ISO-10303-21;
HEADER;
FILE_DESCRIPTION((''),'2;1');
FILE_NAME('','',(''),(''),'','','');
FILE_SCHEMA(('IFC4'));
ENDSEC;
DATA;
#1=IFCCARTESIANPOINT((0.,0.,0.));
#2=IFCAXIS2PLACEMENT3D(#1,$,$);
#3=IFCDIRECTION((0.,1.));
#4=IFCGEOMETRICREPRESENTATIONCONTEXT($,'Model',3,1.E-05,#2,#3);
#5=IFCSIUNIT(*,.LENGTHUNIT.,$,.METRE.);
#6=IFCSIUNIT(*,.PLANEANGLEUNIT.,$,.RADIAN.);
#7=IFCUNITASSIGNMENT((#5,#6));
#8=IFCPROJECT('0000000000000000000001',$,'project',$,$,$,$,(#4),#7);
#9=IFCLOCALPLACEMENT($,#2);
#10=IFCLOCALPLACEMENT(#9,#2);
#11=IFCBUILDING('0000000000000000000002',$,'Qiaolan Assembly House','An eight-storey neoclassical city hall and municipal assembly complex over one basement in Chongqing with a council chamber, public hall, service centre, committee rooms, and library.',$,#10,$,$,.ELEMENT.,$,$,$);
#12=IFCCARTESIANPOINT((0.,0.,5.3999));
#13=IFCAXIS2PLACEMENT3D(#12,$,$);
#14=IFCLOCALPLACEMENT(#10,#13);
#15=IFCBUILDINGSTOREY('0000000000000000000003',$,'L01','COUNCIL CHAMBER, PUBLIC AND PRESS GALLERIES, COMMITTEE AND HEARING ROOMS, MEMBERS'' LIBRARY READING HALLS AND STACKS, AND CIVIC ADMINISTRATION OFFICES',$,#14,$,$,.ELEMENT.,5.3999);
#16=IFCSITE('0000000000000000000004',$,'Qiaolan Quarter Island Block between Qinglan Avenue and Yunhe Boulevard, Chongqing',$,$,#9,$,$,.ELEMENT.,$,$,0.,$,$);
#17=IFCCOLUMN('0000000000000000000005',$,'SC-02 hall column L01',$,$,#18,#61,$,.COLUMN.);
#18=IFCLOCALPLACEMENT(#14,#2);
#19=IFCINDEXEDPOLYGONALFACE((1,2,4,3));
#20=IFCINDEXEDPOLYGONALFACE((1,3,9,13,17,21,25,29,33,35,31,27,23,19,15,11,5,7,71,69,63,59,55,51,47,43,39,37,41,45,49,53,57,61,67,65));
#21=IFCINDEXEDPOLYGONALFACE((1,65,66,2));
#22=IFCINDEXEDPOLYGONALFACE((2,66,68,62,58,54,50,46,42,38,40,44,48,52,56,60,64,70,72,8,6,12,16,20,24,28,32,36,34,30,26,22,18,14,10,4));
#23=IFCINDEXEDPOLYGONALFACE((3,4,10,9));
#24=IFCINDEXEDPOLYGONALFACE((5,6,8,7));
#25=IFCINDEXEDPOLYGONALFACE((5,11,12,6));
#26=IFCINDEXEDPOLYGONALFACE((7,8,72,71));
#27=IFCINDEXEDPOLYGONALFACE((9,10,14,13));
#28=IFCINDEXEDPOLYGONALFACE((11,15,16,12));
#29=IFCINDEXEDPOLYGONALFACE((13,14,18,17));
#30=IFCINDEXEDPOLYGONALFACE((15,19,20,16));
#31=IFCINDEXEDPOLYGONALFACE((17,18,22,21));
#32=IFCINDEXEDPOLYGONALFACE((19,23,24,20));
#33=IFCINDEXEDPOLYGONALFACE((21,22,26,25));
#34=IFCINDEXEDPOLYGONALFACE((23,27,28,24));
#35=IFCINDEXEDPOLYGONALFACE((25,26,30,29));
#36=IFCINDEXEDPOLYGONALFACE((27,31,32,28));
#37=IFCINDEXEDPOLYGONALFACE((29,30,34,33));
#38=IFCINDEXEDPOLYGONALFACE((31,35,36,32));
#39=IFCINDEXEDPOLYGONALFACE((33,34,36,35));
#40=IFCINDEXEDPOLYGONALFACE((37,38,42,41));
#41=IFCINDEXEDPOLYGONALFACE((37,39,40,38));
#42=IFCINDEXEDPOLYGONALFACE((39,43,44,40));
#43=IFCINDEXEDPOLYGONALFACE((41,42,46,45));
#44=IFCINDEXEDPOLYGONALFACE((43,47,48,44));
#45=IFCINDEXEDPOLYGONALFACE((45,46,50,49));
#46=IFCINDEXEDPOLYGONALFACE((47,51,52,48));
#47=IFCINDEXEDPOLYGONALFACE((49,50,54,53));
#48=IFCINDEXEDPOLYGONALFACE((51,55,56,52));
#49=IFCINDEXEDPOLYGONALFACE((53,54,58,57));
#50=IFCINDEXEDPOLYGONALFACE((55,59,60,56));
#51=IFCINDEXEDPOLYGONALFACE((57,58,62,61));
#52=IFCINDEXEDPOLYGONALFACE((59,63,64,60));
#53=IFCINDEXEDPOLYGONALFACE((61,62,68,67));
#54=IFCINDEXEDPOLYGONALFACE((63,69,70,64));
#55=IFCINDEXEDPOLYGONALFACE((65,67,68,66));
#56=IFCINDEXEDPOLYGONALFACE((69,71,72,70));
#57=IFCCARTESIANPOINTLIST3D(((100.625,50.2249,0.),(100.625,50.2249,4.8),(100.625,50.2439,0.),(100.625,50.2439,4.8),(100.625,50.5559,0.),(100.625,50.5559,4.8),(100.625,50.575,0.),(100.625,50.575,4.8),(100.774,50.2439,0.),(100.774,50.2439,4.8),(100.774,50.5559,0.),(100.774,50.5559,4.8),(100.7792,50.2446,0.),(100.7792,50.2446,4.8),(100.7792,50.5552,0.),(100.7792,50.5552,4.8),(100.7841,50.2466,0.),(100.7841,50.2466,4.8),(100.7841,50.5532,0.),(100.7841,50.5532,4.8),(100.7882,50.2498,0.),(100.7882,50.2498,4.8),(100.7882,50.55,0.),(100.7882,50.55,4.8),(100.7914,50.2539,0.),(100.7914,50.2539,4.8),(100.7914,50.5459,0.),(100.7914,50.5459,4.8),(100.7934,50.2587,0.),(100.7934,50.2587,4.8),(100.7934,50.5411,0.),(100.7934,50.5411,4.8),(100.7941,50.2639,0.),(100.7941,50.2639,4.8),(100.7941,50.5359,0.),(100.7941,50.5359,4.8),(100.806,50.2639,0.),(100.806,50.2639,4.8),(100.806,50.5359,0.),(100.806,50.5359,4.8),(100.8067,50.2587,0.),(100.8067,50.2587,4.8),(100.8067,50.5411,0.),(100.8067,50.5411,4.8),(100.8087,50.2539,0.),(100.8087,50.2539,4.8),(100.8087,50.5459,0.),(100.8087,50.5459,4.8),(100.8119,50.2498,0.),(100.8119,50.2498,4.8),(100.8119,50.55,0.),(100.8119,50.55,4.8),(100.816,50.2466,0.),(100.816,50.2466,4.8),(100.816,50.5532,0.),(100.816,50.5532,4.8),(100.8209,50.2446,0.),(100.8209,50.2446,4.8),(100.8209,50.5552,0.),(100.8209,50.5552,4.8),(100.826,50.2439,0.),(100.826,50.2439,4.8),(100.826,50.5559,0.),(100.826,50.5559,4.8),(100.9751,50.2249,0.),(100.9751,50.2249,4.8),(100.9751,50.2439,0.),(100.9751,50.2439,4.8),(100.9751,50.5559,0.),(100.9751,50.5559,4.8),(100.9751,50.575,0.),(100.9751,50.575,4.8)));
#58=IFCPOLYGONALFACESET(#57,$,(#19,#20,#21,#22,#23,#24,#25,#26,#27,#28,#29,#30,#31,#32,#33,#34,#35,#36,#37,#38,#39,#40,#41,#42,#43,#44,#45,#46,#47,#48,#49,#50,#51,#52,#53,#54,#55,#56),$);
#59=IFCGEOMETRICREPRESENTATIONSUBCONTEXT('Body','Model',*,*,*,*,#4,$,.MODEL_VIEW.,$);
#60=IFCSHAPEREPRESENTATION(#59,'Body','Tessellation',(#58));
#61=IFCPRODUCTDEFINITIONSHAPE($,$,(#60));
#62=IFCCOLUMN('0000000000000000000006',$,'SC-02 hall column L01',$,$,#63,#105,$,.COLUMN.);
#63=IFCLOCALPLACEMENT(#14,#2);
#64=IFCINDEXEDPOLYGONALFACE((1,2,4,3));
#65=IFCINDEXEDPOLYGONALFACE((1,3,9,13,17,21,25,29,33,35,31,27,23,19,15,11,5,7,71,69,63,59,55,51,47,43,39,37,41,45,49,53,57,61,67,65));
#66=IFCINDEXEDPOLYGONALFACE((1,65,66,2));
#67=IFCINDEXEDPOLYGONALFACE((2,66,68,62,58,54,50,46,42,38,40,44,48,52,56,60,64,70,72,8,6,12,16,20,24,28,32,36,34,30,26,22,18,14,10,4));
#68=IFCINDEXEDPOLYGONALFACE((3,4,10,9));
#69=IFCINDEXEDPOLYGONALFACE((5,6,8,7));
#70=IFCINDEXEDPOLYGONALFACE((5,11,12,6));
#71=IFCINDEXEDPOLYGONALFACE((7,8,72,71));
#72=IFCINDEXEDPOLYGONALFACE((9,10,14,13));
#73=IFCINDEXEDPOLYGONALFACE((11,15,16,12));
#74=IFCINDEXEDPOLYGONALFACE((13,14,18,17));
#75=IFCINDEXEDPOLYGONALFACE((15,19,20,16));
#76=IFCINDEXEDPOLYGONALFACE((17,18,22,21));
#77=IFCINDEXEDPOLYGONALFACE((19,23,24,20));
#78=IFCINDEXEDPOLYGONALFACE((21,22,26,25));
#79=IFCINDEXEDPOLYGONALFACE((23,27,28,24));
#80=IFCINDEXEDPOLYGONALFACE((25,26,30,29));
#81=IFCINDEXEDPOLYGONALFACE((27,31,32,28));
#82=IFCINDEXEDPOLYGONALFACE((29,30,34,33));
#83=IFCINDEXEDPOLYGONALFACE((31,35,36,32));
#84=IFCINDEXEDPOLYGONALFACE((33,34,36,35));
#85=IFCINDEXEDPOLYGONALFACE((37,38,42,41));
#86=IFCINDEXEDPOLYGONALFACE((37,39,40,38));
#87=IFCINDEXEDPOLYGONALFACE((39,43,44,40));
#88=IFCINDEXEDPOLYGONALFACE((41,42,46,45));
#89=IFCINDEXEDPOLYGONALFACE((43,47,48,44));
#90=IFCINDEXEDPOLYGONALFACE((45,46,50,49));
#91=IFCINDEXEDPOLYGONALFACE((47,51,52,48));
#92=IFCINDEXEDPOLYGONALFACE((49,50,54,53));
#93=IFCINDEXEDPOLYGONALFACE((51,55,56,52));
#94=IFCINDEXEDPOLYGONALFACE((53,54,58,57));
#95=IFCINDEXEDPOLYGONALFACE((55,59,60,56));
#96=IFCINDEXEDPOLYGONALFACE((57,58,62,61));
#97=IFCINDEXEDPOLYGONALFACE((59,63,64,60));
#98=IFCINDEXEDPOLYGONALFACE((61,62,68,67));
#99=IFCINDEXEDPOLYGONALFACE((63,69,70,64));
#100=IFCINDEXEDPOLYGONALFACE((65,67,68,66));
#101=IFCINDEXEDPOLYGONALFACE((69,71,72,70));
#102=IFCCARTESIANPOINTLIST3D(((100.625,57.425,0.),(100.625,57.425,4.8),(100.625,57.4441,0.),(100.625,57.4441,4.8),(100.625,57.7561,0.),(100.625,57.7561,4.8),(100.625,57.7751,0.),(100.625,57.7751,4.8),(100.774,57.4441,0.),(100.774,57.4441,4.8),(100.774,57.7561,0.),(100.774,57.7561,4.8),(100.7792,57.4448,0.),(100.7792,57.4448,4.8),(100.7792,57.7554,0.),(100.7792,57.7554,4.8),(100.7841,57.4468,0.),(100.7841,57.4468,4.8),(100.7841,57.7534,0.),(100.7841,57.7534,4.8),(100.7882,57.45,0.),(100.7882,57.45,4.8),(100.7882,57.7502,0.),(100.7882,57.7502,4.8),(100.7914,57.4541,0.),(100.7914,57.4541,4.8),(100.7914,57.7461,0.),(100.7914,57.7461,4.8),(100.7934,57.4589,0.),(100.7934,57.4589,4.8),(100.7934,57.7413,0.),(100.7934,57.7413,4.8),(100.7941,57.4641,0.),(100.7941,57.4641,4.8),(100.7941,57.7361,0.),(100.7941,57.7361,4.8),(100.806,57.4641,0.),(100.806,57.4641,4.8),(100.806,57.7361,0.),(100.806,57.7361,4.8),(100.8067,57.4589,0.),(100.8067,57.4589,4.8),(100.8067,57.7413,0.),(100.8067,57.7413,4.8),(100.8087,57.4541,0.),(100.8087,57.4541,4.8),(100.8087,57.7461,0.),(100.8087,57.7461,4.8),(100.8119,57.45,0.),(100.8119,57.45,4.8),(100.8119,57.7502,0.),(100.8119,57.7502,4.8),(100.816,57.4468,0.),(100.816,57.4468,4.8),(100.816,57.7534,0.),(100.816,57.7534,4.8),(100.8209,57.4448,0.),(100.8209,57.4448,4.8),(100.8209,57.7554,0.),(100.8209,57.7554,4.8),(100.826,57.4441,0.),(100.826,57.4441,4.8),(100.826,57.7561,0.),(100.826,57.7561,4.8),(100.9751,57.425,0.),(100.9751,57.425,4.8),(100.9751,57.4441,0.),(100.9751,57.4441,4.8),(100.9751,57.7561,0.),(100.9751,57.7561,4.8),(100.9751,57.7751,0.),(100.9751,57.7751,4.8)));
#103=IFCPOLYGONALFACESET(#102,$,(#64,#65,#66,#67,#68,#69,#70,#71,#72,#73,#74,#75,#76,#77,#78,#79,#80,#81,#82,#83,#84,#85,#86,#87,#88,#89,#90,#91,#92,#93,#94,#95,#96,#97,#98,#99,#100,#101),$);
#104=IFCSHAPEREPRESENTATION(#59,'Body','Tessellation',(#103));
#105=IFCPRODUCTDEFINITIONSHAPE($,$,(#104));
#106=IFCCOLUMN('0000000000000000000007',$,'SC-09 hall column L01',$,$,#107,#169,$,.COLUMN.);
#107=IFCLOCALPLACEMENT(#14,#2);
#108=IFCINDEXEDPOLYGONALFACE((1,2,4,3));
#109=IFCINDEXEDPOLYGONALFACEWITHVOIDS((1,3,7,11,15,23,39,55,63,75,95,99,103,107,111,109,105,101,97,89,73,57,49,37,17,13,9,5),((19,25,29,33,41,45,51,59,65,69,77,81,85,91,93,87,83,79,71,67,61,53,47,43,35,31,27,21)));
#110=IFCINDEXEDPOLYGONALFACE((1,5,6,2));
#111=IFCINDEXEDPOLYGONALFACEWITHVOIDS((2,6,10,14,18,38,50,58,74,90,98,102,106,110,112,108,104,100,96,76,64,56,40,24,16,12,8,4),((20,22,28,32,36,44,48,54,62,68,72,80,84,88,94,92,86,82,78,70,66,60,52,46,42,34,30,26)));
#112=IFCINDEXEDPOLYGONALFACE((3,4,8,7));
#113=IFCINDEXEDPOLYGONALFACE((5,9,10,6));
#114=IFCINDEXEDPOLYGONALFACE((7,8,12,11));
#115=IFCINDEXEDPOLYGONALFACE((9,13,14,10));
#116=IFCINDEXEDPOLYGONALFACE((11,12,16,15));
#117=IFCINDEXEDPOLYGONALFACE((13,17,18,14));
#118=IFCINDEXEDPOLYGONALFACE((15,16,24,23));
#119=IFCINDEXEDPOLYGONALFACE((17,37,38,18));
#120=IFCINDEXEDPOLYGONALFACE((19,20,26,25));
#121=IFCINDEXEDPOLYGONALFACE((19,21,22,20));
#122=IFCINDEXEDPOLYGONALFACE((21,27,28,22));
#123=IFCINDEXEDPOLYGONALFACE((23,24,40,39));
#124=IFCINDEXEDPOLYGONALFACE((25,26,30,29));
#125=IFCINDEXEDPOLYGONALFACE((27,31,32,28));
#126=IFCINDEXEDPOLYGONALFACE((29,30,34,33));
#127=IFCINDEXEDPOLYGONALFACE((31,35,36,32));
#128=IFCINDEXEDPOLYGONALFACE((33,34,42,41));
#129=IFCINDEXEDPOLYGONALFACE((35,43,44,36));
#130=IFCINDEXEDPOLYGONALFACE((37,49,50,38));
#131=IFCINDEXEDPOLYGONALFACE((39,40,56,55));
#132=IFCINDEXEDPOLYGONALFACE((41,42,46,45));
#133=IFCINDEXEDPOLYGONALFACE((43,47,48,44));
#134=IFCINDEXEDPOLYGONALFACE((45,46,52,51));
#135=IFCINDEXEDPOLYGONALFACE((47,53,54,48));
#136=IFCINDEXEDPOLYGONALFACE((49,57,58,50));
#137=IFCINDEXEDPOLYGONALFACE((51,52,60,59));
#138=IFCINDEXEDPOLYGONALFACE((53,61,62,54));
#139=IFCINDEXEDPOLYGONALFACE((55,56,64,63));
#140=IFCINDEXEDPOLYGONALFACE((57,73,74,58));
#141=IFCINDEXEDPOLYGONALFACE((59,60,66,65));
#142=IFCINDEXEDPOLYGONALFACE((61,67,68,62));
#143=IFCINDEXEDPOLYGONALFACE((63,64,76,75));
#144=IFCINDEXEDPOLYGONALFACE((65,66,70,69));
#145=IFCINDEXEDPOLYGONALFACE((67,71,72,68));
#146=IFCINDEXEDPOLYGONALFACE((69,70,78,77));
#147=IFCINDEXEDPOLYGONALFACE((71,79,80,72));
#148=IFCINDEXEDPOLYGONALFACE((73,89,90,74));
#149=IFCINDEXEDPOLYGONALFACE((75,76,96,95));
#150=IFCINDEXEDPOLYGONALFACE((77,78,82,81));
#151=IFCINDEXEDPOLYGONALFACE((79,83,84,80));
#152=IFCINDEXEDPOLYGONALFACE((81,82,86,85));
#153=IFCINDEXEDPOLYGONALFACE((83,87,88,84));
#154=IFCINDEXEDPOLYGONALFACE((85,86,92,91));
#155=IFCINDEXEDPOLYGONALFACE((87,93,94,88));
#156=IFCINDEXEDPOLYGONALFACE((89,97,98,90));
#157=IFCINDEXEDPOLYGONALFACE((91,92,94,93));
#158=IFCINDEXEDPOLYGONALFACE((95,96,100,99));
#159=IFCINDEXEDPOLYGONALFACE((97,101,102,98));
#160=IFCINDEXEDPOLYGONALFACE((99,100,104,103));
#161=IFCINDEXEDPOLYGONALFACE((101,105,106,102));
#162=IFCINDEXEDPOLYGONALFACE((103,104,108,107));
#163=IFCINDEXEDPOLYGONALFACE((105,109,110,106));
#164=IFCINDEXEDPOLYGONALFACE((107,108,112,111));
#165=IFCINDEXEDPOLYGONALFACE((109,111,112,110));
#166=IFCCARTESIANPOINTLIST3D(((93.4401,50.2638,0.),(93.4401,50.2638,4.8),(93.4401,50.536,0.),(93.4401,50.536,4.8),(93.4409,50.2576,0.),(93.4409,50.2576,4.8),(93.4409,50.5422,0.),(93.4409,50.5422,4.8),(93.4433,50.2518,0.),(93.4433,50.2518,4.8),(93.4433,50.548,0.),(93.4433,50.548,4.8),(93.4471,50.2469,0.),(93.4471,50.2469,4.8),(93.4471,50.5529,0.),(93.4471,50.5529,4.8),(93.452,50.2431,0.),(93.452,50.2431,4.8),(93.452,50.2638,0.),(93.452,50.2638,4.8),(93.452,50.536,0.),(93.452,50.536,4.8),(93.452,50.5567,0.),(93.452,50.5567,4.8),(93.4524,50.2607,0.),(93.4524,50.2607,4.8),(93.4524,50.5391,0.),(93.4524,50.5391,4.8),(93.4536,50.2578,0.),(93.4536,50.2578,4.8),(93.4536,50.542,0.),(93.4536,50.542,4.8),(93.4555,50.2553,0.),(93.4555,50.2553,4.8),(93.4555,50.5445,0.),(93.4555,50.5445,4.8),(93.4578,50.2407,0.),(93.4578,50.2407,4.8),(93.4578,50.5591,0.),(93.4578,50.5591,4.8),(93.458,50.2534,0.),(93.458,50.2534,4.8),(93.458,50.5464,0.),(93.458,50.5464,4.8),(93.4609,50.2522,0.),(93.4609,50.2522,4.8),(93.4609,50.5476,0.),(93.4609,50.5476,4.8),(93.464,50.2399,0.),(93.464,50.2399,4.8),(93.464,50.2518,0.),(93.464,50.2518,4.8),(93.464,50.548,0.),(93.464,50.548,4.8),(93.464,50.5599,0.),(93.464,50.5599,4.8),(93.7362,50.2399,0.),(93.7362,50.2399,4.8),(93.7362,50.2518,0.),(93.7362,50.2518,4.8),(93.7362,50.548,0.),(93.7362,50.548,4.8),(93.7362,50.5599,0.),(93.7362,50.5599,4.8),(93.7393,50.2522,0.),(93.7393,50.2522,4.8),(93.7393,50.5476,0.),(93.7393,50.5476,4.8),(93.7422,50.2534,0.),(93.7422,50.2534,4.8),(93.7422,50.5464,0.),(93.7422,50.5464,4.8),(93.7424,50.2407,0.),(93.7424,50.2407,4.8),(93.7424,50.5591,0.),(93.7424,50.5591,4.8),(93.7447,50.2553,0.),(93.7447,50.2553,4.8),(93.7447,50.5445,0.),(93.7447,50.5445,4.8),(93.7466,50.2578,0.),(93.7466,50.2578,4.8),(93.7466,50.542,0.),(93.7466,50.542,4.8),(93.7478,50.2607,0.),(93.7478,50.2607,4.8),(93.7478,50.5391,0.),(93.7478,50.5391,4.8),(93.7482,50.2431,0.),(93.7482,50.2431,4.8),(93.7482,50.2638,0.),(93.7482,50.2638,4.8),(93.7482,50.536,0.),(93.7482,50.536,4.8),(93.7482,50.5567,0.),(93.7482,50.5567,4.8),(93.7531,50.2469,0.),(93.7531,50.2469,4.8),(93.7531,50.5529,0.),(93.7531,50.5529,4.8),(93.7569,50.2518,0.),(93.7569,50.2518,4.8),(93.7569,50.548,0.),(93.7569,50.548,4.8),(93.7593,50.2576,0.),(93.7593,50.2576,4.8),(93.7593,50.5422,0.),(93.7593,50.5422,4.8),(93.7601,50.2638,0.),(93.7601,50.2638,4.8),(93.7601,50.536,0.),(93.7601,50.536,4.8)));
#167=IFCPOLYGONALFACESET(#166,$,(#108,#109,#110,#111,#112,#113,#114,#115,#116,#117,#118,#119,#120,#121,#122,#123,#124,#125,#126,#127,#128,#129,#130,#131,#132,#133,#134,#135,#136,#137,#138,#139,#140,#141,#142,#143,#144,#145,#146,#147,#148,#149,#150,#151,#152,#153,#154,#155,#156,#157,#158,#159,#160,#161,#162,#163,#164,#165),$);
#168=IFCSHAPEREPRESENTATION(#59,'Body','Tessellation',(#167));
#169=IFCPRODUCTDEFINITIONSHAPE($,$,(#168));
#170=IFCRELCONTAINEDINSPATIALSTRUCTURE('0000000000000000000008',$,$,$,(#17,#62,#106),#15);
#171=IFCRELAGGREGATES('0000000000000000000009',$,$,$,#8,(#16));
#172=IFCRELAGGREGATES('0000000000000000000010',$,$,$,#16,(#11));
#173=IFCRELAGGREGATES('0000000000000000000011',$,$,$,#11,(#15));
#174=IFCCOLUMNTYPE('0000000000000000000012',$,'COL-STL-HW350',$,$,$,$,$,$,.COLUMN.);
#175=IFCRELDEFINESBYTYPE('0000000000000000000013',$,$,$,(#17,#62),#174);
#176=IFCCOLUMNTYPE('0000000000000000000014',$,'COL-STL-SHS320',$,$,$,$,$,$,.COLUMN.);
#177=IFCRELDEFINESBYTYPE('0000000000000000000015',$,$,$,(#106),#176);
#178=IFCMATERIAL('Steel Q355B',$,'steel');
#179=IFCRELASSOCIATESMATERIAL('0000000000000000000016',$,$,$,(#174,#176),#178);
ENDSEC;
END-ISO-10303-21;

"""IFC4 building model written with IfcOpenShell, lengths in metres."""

from ifc_helpers import new_model, si_unit, direction, frame, origin, origin_2d, place, context, subcontext, project, spatial, hollow_rectangle, i_section, extrude, material, material_profile, profile_set, type_object, element, save


model = new_model("IFC4")

# Units and contexts
model_context = context("Model", 3, precision=1e-05, world=origin(), true_north=direction((0.0, 1.0)))
body_context = subcontext(model_context, "Body", "Model", "MODEL_VIEW")
ifc_project = project(units=[si_unit("LENGTHUNIT", "METRE"), si_unit("PLANEANGLEUNIT", "RADIAN")], contexts=[model_context])

# Site, building, storey
site_placement = place(None, origin())
site = spatial("IfcSite", under=ifc_project, at=site_placement, Name="Qiaolan Quarter Island Block between Qinglan Avenue and Yunhe Boulevard, Chongqing", CompositionType="ELEMENT", RefElevation=0.0)
building_placement = place(site_placement, origin())
building = spatial("IfcBuilding", under=site, at=building_placement, Name="Qiaolan Assembly House", Description="An eight-storey neoclassical city hall and municipal assembly complex over one basement in Chongqing with a council chamber, public hall, service centre, committee rooms, and library.", CompositionType="ELEMENT")
storey_placement = place(building_placement, frame((0.0, 0.0, 5.3999)))
storey = spatial("IfcBuildingStorey", under=building, at=storey_placement, Name="L01", Description="COUNCIL CHAMBER, PUBLIC AND PRESS GALLERIES, COMMITTEE AND HEARING ROOMS, MEMBERS' LIBRARY READING HALLS AND STACKS, AND CIVIC ADMINISTRATION OFFICES", CompositionType="ELEMENT", Elevation=5.3999)

# Columns
ifc_material_1 = material(Name="Steel Q355B", Category="steel")
ifc_material_profile_1 = material_profile(ifc_material_1, i_section(OverallWidth=0.3501, OverallDepth=0.3501, WebThickness=0.012, FlangeThickness=0.019, FilletRadius=0.02, at=origin_2d()), Name="HW 350x350x12x19")
ifc_profile_set_1 = profile_set([ifc_material_profile_1], Name="Steel Q355B")
column_type_1 = type_object("IfcColumnType", Name="COL-STL-HW350", PredefinedType="COLUMN", material=ifc_profile_set_1)
for number, where, z_axis, x_axis, name in (
    (1, (100.8, 50.3999, 0.0), (0.0, 0.0, 1.0), (1.0, 0.0, 0.0), "SC-02 hall column L01"),
    (2, (100.8, 57.6001, 0.0), (0.0, 0.0, 1.0), (1.0, 0.0, 0.0), "SC-02 hall column L01"),
):
    element("IfcColumn", number, at=place(storey_placement, frame(where, z_axis=z_axis, x_axis=x_axis)), inside=storey, type_object=column_type_1, Name=name, PredefinedType="COLUMN", context=body_context, shape_type="SweptSolid", body=[
        extrude(i_section(OverallWidth=0.3501, OverallDepth=0.3501, WebThickness=0.012, FlangeThickness=0.019, FilletRadius=0.02, at=origin_2d()), origin(), (0.0, 0.0, 1.0), 4.8),
    ])
ifc_material_profile_2 = material_profile(ifc_material_1, hollow_rectangle(XDim=0.3201, YDim=0.3201, WallThickness=0.012, InnerFilletRadius=0.012, OuterFilletRadius=0.0239, at=origin_2d()), Name="SHS 320x320x12")
ifc_profile_set_2 = profile_set([ifc_material_profile_2], Name="Steel Q355B")
column_type_2 = type_object("IfcColumnType", Name="COL-STL-SHS320", PredefinedType="COLUMN", material=ifc_profile_set_2)
for number, where, z_axis, x_axis, name in (
    (3, (93.6001, 50.3999, 0.0), (0.0, 0.0, 1.0), (1.0, 0.0, 0.0), "SC-09 hall column L01"),
):
    element("IfcColumn", number, at=place(storey_placement, frame(where, z_axis=z_axis, x_axis=x_axis)), inside=storey, type_object=column_type_2, Name=name, PredefinedType="COLUMN", context=body_context, shape_type="SweptSolid", body=[
        extrude(hollow_rectangle(XDim=0.3201, YDim=0.3201, WallThickness=0.012, InnerFilletRadius=0.012, OuterFilletRadius=0.0239, at=origin_2d()), origin(), (0.0, 0.0, 1.0), 4.8),
    ])

save(model, "model.ifc")
